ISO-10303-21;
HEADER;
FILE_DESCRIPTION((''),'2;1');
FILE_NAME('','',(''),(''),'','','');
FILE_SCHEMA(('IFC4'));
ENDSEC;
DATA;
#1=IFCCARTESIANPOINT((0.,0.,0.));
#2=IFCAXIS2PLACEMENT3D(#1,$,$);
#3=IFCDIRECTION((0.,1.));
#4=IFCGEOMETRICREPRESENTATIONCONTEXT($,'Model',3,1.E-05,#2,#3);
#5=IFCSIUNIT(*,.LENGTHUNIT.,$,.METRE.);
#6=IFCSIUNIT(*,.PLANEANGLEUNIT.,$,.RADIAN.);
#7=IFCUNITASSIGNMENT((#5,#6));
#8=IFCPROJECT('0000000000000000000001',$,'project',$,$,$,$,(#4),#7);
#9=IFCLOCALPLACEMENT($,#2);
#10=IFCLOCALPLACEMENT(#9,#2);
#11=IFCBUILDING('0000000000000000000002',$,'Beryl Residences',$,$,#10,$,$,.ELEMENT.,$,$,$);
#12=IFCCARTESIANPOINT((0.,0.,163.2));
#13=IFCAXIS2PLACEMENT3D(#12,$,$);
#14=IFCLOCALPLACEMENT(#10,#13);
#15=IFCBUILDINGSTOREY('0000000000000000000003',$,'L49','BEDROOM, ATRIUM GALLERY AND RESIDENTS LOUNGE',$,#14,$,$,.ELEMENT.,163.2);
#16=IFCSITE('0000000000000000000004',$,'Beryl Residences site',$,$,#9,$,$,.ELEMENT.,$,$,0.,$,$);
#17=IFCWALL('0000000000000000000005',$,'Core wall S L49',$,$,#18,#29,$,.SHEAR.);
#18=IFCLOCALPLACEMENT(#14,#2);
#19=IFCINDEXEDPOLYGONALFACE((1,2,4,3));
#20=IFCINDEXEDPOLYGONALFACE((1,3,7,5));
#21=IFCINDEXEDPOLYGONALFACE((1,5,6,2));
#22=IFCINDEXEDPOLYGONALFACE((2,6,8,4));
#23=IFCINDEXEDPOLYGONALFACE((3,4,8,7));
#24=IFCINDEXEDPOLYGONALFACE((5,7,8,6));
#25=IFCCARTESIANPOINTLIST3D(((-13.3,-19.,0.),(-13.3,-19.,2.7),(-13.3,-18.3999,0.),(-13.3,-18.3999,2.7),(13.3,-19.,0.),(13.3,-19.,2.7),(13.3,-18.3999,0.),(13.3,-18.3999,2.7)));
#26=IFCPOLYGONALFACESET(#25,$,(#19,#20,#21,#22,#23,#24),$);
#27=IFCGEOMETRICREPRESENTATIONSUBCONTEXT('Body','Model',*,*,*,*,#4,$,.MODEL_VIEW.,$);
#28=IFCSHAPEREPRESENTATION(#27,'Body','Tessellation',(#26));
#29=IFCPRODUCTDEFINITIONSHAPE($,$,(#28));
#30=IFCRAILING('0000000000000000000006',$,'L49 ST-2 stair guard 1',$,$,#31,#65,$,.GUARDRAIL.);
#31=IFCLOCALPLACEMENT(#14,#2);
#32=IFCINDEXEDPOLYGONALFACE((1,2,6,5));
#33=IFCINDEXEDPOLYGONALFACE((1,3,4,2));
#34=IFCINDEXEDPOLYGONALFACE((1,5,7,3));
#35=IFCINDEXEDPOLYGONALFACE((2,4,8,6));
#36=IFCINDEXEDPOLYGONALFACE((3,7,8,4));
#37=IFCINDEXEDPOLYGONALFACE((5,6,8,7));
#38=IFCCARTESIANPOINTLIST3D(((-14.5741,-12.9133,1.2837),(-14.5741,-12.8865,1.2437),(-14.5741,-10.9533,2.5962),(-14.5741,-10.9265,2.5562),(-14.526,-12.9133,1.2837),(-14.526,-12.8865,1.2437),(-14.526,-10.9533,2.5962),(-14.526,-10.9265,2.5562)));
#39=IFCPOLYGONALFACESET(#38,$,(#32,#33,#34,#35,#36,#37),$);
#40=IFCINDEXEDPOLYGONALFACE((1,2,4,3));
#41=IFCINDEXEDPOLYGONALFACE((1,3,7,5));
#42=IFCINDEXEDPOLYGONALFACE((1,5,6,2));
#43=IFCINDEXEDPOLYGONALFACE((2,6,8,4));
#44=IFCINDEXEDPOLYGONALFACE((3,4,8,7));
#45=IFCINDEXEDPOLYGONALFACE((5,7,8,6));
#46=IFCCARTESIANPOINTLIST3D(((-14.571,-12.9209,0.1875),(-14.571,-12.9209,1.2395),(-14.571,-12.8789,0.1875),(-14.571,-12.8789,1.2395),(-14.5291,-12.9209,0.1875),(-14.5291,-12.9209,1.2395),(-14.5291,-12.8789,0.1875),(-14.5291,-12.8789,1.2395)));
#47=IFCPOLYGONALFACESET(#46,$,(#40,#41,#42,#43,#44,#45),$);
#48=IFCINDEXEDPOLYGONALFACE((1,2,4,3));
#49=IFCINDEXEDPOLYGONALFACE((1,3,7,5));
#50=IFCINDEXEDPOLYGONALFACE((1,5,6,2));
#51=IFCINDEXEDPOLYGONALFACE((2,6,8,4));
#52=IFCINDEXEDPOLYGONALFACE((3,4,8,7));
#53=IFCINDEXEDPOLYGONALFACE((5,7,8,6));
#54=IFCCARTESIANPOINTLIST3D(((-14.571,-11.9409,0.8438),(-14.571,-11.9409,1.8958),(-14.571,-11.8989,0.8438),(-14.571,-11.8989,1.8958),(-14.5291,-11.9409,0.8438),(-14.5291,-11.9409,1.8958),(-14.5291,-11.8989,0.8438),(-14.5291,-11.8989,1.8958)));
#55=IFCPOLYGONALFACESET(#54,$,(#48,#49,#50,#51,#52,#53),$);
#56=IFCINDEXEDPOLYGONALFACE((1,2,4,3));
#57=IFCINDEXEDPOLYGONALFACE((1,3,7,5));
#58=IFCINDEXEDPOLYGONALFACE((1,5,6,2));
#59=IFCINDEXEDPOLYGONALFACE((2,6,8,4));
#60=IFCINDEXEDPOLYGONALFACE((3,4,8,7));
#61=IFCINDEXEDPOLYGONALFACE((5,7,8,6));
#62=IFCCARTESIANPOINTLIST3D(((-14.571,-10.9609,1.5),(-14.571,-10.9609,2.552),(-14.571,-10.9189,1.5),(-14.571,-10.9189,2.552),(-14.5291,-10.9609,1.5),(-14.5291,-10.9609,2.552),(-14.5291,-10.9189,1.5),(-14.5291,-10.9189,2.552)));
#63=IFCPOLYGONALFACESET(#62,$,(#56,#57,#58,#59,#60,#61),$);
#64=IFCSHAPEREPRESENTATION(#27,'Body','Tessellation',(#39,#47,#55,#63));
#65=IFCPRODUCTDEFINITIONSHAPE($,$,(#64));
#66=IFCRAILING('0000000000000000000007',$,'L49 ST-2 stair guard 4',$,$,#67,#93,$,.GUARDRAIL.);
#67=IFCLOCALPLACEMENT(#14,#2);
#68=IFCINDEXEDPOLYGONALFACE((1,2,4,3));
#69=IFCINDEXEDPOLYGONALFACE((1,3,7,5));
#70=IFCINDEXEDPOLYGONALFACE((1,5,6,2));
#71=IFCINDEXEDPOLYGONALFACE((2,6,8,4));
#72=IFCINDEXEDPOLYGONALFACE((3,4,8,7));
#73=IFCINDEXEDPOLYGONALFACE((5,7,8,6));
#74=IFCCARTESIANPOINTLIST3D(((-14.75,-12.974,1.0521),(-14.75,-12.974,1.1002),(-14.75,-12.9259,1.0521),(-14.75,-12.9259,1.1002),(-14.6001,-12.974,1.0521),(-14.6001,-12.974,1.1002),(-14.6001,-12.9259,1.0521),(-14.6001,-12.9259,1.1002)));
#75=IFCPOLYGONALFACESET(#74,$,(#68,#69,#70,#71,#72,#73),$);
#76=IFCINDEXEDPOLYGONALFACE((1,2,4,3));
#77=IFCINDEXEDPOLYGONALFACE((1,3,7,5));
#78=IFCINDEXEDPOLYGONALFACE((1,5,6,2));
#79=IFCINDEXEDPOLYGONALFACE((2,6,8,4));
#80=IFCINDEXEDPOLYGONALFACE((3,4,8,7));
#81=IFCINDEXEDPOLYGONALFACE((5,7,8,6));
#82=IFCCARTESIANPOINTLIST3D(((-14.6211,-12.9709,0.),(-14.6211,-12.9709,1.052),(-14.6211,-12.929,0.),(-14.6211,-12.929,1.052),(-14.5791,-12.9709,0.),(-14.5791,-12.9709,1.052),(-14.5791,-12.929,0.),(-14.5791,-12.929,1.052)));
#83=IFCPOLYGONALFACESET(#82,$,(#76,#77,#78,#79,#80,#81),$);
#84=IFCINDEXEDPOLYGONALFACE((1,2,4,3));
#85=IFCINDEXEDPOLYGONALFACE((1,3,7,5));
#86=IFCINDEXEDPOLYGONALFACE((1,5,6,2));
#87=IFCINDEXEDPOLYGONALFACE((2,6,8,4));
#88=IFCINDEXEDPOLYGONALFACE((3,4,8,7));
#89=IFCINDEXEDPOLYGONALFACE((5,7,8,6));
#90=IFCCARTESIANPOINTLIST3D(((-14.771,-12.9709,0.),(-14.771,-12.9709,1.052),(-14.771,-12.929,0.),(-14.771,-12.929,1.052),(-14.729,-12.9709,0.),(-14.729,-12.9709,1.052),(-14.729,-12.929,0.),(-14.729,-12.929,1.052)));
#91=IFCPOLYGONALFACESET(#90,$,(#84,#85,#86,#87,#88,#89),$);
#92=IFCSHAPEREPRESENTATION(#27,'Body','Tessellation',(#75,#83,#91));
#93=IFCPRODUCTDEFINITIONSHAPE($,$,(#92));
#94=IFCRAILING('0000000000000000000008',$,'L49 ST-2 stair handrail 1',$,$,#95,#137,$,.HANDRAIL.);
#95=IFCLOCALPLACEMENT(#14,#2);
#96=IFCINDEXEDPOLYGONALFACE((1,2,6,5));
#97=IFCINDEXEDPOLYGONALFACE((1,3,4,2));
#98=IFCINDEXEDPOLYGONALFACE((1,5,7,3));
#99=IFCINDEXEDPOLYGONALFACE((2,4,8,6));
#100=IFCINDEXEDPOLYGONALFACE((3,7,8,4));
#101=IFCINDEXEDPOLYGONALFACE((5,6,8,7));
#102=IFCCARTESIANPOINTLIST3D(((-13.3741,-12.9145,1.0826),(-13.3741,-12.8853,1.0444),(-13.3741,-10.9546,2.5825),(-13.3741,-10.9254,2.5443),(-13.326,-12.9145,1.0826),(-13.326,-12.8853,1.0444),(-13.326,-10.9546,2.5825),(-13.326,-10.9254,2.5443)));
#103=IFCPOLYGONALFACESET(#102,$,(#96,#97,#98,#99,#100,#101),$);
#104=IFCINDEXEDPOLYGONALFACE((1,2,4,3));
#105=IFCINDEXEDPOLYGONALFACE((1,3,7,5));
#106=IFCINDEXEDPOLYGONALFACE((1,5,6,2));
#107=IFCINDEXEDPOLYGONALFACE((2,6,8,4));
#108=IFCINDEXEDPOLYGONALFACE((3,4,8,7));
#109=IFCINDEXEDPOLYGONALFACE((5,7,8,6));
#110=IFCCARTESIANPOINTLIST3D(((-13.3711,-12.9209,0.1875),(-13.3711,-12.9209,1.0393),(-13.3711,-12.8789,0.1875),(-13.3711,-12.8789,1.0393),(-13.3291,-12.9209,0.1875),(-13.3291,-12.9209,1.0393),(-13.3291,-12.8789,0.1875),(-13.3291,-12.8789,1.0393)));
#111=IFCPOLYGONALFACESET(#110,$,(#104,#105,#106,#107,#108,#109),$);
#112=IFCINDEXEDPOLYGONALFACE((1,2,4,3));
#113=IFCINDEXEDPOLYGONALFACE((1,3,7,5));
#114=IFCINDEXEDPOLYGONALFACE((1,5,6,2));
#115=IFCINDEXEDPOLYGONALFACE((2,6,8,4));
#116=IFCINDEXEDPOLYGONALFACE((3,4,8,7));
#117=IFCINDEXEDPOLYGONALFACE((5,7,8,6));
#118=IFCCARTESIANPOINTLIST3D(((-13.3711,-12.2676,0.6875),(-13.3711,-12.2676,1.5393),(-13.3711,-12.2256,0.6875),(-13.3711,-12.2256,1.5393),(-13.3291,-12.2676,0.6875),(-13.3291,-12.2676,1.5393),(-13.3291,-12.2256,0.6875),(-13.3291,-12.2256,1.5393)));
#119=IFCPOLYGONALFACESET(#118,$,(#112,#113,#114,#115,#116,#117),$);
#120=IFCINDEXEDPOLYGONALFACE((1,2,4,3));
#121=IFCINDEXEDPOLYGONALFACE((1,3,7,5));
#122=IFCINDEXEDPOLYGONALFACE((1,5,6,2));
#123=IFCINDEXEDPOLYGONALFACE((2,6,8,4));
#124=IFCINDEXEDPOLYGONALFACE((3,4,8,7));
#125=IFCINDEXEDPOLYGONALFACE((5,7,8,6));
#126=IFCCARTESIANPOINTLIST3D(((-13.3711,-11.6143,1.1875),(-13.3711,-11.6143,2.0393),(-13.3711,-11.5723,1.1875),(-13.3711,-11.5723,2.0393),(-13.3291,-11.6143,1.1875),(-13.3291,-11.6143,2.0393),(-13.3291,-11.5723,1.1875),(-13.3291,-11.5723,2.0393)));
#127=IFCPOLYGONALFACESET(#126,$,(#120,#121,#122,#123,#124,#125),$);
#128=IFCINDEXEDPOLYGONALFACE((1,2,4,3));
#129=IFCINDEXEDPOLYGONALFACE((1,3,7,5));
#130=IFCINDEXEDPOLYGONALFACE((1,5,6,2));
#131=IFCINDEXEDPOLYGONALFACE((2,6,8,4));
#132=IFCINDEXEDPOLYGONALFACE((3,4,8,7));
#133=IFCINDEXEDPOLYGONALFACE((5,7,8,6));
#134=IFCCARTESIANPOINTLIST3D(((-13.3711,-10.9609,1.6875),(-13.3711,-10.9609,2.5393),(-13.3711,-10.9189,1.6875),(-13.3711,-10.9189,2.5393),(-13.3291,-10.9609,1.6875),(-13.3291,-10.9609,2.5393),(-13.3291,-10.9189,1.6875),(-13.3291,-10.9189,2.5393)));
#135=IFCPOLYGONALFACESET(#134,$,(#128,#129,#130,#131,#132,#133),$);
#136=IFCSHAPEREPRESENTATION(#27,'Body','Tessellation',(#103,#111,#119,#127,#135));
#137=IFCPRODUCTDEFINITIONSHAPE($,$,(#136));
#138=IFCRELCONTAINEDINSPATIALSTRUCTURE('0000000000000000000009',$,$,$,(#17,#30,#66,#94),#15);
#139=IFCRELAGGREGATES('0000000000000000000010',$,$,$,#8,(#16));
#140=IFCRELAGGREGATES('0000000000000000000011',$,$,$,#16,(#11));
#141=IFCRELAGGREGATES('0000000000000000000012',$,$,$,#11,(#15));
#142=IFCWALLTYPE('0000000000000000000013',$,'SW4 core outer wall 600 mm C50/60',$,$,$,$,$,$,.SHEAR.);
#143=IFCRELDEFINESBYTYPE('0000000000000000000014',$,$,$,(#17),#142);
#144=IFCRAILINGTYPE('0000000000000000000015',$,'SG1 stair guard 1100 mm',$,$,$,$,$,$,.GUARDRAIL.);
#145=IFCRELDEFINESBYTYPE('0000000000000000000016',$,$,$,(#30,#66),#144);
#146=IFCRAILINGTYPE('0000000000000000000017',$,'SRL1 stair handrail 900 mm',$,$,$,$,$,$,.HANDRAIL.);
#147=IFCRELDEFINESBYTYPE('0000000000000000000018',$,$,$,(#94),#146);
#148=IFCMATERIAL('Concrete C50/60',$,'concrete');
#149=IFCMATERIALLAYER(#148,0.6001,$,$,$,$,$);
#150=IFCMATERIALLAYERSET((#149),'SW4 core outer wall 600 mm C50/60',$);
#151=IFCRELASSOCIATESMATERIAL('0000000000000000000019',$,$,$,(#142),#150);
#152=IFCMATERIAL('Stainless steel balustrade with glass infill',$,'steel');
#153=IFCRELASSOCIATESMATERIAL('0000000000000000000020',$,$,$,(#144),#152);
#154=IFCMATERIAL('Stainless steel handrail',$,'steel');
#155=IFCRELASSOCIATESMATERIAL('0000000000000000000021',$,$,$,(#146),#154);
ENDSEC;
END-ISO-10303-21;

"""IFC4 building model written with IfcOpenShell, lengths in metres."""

from ifc_helpers import new_model, si_unit, direction, frame, frame_2d, origin, origin_2d, place, context, subcontext, project, spatial, rectangle, extrude, material, layer, layer_set, type_object, element, save


model = new_model("IFC4")

# Units and contexts
model_context = context("Model", 3, precision=1e-05, world=origin(), true_north=direction((0.0, 1.0)))
body_context = subcontext(model_context, "Body", "Model", "MODEL_VIEW")
ifc_project = project(units=[si_unit("LENGTHUNIT", "METRE"), si_unit("PLANEANGLEUNIT", "RADIAN")], contexts=[model_context])

# Site, building, storey
site_placement = place(None, origin())
site = spatial("IfcSite", under=ifc_project, at=site_placement, Name="Beryl Residences site", CompositionType="ELEMENT", RefElevation=0.0)
building_placement = place(site_placement, origin())
building = spatial("IfcBuilding", under=site, at=building_placement, Name="Beryl Residences", CompositionType="ELEMENT")
storey_placement = place(building_placement, frame((0.0, 0.0, 163.2)))
storey = spatial("IfcBuildingStorey", under=building, at=storey_placement, Name="L49", Description="BEDROOM, ATRIUM GALLERY AND RESIDENTS LOUNGE", CompositionType="ELEMENT", Elevation=163.2)

# Wall
ifc_material_1 = material(Name="Concrete C50/60", Category="concrete")
ifc_layer_1 = layer(ifc_material_1, 0.6001)
ifc_layer_set_1 = layer_set([ifc_layer_1], Name="SW4 core outer wall 600 mm C50/60")
wall_type_1 = type_object("IfcWallType", Name="SW4 core outer wall 600 mm C50/60", PredefinedType="SHEAR", material=ifc_layer_set_1)
wall_1_placement = place(storey_placement, frame((-13.3, -18.7, 0.0), z_axis=(0.0, 0.0, 1.0), x_axis=(1.0, 0.0, 0.0)))
element("IfcWall", 1, at=wall_1_placement, inside=storey, type_object=wall_type_1, Name="Core wall S L49", PredefinedType="SHEAR", context=body_context, shape_type="SweptSolid", body=[
    extrude(rectangle(XDim=26.6001, YDim=0.6001, at=frame_2d((13.3, 0.0))), origin(), (0.0, 0.0, 1.0), 2.7),
])

# Railings
ifc_material_2 = material(Name="Stainless steel balustrade with glass infill", Category="steel")
railing_type_1 = type_object("IfcRailingType", Name="SG1 stair guard 1100 mm", PredefinedType="GUARDRAIL", material=ifc_material_2)
railing_1_placement = place(storey_placement, frame((-14.55, -12.8999, 0.1875)))
element("IfcRailing", 2, at=railing_1_placement, inside=storey, type_object=railing_type_1, Name="L49 ST-2 stair guard 1", PredefinedType="GUARDRAIL", context=body_context, shape_type="SweptSolid", body=[
    extrude(rectangle(XDim=0.0481, YDim=0.0481, at=origin_2d()), frame((0.0, 0.0, 1.0762), z_axis=(0.0, 0.830902, 0.556419), x_axis=(-1.0, 0.0, 0.0)), (0.0, 0.0, 1.0), 2.3589),
    extrude(rectangle(XDim=0.042, YDim=0.042, at=origin_2d()), origin(), (0.0, 0.0, 1.0), 1.052),
    extrude(rectangle(XDim=0.042, YDim=0.042, at=origin_2d()), frame((0.0, 0.98, 0.6562)), (0.0, 0.0, 1.0), 1.052),
    extrude(rectangle(XDim=0.042, YDim=0.042, at=origin_2d()), frame((0.0, 1.96, 1.3125)), (0.0, 0.0, 1.0), 1.052),
])
railing_2_placement = place(storey_placement, frame((-14.6001, -12.95, 0.0)))
element("IfcRailing", 3, at=railing_2_placement, inside=storey, type_object=railing_type_1, Name="L49 ST-2 stair guard 4", PredefinedType="GUARDRAIL", context=body_context, shape_type="SweptSolid", body=[
    extrude(rectangle(XDim=0.0481, YDim=0.0481, at=origin_2d()), frame((0.0, 0.0, 1.0762), z_axis=(-1.0, 0.0, 0.0), x_axis=(0.0, -1.0, 0.0)), (0.0, 0.0, 1.0), 0.1499),
    extrude(rectangle(XDim=0.042, YDim=0.042, at=origin_2d()), origin(), (0.0, 0.0, 1.0), 1.052),
    extrude(rectangle(XDim=0.042, YDim=0.042, at=origin_2d()), frame((-0.1499, 0.0, 0.0)), (0.0, 0.0, 1.0), 1.052),
])
ifc_material_3 = material(Name="Stainless steel handrail", Category="steel")
railing_type_2 = type_object("IfcRailingType", Name="SRL1 stair handrail 900 mm", PredefinedType="HANDRAIL", material=ifc_material_3)
railing_3_placement = place(storey_placement, frame((-13.3501, -12.8999, 0.1875)))
element("IfcRailing", 4, at=railing_3_placement, inside=storey, type_object=railing_type_2, Name="L49 ST-2 stair handrail 1", PredefinedType="HANDRAIL", context=body_context, shape_type="SweptSolid", body=[
    extrude(rectangle(XDim=0.0481, YDim=0.0481, at=origin_2d()), frame((0.0, 0.0, 0.876), z_axis=(0.0, 0.794122, 0.607758), x_axis=(-1.0, 0.0, 0.0)), (0.0, 0.0, 1.0), 2.468),
    extrude(rectangle(XDim=0.042, YDim=0.042, at=origin_2d()), origin(), (0.0, 0.0, 1.0), 0.8518),
    extrude(rectangle(XDim=0.042, YDim=0.042, at=origin_2d()), frame((0.0, 0.6533, 0.5)), (0.0, 0.0, 1.0), 0.8518),
    extrude(rectangle(XDim=0.042, YDim=0.042, at=origin_2d()), frame((0.0, 1.3066, 1.0)), (0.0, 0.0, 1.0), 0.8518),
    extrude(rectangle(XDim=0.042, YDim=0.042, at=origin_2d()), frame((0.0, 1.96, 1.5)), (0.0, 0.0, 1.0), 0.8518),
])

save(model, "model.ifc")
